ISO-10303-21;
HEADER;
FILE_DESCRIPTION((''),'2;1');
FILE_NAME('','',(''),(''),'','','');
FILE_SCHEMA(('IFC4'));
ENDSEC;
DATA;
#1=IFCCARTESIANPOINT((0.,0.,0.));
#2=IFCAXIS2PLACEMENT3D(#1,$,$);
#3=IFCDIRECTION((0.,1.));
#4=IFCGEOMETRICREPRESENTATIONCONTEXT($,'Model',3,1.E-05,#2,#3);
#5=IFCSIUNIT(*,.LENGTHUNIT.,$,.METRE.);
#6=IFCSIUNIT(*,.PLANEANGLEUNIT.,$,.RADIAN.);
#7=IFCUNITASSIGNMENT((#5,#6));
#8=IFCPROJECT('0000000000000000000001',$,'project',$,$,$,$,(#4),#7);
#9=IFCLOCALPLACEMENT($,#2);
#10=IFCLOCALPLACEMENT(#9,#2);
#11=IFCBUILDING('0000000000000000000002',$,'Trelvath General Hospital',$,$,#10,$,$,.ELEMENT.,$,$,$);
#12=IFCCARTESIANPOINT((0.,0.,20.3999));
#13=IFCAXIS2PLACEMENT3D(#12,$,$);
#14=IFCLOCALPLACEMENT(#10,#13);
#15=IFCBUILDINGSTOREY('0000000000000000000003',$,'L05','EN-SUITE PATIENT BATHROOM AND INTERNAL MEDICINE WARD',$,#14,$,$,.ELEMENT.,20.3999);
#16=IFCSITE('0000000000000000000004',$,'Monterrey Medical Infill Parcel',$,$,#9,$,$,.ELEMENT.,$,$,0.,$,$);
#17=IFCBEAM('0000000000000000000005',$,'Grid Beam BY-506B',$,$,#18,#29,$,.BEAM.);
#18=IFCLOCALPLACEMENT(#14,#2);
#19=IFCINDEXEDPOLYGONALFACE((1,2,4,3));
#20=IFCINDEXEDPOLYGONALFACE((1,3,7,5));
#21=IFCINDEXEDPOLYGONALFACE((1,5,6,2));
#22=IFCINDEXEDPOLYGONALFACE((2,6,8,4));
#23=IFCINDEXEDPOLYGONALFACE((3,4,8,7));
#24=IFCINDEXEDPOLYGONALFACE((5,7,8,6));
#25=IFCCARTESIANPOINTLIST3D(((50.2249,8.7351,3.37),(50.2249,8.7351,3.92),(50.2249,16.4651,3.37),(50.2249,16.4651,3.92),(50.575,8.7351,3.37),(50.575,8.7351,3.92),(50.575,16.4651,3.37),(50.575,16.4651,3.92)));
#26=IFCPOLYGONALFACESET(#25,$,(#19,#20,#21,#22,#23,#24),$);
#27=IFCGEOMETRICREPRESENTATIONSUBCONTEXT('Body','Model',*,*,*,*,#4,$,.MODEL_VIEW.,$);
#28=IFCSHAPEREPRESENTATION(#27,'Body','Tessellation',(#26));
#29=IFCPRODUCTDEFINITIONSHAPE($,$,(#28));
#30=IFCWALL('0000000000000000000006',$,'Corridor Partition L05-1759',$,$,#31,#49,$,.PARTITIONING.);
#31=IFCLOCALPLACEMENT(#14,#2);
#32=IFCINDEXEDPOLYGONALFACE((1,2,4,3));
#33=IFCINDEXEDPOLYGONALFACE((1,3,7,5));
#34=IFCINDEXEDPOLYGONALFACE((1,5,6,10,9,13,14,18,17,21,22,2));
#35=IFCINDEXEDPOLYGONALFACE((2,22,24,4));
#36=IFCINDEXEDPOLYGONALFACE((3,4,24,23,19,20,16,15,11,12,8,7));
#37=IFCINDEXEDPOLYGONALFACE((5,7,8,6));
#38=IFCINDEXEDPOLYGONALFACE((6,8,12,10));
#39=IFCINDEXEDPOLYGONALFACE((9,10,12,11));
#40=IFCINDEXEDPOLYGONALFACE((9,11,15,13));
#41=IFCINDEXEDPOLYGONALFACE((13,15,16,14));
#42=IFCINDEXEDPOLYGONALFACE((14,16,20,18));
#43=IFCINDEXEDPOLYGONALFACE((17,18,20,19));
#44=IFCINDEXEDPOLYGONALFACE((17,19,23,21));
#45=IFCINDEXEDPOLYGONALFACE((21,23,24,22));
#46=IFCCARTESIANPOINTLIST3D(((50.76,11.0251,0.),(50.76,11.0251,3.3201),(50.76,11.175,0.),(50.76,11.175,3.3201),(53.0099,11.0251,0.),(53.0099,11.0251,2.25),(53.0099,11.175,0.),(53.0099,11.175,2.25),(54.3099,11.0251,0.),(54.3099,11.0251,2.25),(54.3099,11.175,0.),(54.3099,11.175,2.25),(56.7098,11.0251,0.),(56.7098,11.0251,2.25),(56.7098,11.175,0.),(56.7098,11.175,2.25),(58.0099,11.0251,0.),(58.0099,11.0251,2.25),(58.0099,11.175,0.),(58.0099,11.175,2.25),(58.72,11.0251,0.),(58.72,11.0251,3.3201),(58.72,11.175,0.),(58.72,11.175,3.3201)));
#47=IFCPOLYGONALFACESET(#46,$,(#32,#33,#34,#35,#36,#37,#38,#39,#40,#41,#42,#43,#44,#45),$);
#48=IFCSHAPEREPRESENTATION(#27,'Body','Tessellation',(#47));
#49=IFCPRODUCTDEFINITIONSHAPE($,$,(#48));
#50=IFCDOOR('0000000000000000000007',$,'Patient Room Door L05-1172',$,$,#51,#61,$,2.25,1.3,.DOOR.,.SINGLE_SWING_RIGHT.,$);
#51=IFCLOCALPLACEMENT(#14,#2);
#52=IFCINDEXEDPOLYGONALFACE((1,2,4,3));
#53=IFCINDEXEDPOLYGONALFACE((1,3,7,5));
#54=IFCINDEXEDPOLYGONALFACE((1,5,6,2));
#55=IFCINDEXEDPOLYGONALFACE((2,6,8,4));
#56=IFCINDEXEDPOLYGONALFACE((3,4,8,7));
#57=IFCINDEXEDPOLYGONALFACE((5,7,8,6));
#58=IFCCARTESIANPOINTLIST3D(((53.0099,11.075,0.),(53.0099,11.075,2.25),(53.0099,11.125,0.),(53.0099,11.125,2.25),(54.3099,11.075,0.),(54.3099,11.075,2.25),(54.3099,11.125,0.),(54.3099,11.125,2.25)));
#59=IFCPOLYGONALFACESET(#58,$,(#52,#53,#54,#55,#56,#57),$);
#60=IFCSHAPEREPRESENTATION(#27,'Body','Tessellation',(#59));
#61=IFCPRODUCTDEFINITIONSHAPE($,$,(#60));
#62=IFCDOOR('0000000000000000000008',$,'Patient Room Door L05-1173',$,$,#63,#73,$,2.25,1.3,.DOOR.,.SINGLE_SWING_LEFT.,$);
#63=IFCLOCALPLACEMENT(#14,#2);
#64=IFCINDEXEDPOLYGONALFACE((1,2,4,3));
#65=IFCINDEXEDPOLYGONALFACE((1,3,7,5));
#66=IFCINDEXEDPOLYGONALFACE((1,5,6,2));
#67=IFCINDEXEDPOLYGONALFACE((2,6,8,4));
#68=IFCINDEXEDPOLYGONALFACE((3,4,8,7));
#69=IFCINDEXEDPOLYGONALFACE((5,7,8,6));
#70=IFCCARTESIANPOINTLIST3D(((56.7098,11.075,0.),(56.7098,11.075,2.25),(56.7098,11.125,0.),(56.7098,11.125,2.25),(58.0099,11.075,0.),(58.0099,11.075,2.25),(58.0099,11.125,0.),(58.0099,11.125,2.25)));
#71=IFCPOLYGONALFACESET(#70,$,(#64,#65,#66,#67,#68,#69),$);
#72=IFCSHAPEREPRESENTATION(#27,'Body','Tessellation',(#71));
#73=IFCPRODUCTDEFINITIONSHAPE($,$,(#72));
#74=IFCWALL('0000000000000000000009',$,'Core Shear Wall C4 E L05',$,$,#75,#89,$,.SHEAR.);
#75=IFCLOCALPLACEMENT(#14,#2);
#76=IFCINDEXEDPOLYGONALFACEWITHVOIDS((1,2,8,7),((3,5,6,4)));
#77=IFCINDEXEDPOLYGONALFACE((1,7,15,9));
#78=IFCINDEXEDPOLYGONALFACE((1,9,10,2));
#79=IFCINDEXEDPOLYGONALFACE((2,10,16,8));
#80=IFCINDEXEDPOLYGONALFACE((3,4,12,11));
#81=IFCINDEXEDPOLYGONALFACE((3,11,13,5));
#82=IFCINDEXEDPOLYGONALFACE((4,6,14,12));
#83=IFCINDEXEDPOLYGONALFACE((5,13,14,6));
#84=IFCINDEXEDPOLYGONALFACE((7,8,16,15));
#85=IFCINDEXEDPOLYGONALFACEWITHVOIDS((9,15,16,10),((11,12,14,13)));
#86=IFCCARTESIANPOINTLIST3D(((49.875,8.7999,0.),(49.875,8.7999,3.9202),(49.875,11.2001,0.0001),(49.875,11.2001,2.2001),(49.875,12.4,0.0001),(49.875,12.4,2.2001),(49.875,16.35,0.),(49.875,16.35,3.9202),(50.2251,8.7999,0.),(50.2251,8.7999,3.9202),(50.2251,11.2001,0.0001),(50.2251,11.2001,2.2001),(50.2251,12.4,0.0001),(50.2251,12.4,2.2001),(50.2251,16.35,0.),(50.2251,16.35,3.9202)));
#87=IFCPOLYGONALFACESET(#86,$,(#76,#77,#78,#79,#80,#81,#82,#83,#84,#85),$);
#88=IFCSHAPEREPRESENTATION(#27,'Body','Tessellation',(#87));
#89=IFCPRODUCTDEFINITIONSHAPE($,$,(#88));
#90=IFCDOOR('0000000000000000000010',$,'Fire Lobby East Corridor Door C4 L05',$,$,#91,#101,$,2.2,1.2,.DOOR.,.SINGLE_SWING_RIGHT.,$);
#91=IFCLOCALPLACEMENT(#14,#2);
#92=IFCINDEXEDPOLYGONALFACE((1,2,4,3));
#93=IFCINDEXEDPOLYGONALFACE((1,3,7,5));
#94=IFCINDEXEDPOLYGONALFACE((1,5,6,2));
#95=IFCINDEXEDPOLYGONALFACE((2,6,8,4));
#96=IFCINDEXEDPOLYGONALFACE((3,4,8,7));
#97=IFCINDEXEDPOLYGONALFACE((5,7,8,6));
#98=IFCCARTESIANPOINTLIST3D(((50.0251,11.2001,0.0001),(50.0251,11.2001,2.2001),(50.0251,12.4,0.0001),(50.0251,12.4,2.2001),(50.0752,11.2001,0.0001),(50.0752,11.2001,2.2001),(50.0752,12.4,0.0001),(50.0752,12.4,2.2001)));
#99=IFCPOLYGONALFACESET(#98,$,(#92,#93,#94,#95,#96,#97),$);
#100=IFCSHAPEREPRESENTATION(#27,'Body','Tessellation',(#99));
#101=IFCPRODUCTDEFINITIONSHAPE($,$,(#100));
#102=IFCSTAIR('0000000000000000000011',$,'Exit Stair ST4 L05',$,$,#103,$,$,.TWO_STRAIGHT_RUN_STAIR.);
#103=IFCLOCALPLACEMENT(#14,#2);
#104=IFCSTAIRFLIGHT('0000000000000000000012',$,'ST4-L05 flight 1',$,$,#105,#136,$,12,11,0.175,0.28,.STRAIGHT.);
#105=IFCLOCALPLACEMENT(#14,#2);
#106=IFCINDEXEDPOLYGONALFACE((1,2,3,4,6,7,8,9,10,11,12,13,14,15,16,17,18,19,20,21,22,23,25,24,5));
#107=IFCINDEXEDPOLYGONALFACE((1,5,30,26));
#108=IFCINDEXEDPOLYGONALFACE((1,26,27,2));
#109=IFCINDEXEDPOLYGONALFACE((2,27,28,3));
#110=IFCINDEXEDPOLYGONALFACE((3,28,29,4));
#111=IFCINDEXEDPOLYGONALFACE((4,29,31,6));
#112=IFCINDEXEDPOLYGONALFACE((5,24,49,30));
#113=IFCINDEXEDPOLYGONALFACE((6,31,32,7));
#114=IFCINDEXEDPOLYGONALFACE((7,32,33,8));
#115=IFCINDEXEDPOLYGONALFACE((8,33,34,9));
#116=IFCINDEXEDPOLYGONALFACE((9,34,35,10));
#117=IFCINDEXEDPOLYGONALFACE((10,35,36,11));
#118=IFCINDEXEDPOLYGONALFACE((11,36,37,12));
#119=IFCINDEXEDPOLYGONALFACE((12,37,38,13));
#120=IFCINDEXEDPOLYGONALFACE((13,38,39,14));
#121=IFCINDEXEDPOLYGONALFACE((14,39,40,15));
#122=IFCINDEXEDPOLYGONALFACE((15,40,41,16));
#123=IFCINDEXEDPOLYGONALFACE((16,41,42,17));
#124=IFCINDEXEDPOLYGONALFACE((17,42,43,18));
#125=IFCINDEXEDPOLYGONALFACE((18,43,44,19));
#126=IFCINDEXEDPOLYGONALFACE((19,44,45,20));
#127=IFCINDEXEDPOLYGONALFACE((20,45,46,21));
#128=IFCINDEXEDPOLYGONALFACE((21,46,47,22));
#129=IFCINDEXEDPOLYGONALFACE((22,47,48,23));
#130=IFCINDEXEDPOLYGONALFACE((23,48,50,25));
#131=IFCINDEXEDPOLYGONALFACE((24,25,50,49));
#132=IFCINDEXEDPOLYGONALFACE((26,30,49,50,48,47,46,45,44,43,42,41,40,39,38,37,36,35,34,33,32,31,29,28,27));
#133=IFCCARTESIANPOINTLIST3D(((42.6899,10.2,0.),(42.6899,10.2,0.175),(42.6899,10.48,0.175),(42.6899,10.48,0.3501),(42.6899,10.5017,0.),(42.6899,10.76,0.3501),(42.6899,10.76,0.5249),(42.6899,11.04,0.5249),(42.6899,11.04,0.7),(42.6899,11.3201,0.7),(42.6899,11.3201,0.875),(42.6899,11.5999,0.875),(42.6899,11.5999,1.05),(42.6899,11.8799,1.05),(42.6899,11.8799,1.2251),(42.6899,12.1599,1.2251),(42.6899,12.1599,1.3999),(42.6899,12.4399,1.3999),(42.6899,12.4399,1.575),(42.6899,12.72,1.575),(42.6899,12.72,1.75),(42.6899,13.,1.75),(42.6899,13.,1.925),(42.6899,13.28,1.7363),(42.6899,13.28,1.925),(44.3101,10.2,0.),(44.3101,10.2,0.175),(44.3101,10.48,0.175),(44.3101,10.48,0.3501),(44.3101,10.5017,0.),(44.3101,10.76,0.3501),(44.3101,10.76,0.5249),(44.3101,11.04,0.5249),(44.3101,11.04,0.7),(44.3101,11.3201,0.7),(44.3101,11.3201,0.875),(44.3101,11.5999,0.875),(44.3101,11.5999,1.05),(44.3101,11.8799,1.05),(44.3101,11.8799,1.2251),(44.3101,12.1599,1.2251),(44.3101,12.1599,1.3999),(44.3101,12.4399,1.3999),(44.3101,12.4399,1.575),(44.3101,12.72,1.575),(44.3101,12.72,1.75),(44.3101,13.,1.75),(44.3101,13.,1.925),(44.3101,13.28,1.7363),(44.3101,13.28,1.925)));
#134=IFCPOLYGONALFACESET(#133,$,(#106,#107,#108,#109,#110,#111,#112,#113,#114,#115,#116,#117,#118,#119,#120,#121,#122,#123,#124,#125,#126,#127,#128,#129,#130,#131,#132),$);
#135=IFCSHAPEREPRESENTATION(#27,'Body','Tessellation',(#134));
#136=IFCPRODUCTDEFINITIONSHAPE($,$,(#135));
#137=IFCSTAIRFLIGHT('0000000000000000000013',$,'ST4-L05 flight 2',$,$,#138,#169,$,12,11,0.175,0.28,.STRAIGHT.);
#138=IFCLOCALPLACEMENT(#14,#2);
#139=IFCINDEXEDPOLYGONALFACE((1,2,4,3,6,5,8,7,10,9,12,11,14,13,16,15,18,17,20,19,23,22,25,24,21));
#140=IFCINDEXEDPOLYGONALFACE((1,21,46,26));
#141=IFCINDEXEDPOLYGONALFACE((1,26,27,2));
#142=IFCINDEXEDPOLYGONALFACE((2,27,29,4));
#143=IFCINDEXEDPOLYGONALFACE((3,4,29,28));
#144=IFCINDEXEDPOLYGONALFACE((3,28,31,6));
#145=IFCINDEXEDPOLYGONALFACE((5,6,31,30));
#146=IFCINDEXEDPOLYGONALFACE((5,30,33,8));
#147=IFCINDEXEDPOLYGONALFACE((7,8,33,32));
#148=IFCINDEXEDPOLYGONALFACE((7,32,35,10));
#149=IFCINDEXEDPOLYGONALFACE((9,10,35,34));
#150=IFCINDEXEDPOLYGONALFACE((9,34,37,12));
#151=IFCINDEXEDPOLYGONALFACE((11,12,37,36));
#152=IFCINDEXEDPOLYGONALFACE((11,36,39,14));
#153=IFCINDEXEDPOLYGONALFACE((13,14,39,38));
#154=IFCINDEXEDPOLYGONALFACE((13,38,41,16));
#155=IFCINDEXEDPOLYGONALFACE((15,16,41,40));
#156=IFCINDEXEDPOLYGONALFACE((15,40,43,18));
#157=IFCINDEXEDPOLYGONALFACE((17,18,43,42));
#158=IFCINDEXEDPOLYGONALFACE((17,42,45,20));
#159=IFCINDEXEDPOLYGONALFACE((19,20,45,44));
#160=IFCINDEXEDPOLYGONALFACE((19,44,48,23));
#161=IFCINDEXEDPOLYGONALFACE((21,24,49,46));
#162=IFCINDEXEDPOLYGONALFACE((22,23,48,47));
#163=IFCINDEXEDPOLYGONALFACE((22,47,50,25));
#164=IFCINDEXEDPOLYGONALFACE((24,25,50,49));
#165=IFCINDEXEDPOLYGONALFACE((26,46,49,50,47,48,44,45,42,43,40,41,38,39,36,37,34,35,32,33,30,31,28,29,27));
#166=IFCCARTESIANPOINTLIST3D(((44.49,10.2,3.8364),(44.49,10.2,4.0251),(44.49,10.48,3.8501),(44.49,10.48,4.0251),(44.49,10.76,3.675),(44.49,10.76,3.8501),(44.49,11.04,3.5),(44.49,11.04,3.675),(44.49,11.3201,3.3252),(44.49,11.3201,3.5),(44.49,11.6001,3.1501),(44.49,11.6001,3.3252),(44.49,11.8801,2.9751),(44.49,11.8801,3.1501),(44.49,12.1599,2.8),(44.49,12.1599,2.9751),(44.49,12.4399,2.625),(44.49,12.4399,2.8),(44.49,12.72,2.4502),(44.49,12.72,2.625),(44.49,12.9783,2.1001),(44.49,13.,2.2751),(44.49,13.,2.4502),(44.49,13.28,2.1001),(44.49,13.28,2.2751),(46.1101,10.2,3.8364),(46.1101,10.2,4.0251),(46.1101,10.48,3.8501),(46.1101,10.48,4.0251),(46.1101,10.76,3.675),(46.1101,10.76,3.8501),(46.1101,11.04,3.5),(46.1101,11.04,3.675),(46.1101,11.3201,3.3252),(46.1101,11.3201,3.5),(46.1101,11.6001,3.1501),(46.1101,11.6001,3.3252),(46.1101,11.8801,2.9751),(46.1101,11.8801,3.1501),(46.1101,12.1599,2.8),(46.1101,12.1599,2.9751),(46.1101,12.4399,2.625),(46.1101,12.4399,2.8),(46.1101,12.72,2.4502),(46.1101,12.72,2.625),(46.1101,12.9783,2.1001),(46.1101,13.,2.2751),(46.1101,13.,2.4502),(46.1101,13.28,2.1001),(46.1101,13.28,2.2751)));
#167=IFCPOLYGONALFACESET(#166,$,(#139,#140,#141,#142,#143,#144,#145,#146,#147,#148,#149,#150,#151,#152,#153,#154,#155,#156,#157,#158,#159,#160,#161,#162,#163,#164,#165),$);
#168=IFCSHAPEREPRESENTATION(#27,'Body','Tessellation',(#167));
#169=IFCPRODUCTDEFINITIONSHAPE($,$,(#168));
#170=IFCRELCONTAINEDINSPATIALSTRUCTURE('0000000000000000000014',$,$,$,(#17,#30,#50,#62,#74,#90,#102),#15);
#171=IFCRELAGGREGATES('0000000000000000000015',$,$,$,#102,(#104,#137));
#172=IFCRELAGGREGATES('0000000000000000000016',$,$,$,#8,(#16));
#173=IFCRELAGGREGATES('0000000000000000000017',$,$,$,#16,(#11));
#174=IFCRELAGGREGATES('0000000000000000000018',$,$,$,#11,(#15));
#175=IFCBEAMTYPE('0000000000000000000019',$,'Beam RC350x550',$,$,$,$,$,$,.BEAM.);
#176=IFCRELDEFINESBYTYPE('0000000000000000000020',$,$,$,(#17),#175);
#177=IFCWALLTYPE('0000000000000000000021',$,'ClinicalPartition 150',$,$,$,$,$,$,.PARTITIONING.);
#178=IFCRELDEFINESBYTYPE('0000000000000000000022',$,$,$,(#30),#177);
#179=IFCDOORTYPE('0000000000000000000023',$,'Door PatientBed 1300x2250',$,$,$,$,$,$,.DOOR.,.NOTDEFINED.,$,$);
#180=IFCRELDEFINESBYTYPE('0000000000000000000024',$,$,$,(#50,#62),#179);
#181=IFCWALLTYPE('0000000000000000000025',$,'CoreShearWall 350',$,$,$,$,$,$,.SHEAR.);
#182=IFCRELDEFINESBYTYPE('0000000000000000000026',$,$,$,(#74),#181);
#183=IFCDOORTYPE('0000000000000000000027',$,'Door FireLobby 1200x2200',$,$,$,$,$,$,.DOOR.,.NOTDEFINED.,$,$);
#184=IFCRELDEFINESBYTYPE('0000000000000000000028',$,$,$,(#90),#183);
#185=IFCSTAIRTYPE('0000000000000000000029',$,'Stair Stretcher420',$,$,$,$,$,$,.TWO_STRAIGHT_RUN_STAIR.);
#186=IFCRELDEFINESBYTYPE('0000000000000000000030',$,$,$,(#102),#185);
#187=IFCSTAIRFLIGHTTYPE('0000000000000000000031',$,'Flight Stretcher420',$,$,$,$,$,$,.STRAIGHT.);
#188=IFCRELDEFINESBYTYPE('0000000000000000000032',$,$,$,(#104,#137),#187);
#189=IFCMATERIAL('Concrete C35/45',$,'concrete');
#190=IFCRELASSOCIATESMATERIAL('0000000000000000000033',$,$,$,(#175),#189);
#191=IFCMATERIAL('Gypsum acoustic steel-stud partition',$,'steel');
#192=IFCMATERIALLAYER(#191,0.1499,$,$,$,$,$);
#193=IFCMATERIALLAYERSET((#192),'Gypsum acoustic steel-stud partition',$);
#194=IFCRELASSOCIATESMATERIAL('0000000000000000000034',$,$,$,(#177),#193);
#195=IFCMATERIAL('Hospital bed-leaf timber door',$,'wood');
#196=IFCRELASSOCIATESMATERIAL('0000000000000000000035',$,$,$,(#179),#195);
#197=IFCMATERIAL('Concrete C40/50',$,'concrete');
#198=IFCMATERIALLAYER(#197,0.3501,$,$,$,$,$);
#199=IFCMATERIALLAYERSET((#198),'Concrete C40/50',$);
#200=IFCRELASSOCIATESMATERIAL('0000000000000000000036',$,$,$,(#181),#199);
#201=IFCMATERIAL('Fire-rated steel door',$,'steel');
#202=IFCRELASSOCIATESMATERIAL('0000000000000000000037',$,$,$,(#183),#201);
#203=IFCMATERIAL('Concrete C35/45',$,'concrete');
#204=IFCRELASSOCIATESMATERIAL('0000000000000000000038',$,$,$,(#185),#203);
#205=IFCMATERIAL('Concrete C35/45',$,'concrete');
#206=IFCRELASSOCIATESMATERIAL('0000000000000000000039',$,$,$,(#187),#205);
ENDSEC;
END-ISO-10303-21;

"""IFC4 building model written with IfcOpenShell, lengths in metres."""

from ifc_helpers import new_model, si_unit, direction, frame, frame_2d, origin, origin_2d, place, context, subcontext, project, spatial, polyline, rectangle, outline, extrude, material, layer, layer_set, material_profile, profile_set, type_object, element, fill, aggregate, save


model = new_model("IFC4")

# Units and contexts
model_context = context("Model", 3, precision=1e-05, world=origin(), true_north=direction((0.0, 1.0)))
body_context = subcontext(model_context, "Body", "Model", "MODEL_VIEW")
ifc_project = project(units=[si_unit("LENGTHUNIT", "METRE"), si_unit("PLANEANGLEUNIT", "RADIAN")], contexts=[model_context])

# Site, building, storey
site_placement = place(None, origin())
site = spatial("IfcSite", under=ifc_project, at=site_placement, Name="Monterrey Medical Infill Parcel", CompositionType="ELEMENT", RefElevation=0.0)
building_placement = place(site_placement, origin())
building = spatial("IfcBuilding", under=site, at=building_placement, Name="Trelvath General Hospital", CompositionType="ELEMENT")
storey_placement = place(building_placement, frame((0.0, 0.0, 20.3999)))
storey = spatial("IfcBuildingStorey", under=building, at=storey_placement, Name="L05", Description="EN-SUITE PATIENT BATHROOM AND INTERNAL MEDICINE WARD", CompositionType="ELEMENT", Elevation=20.3999)

# Beam
ifc_material_1 = material(Name="Concrete C35/45", Category="concrete")
ifc_material_profile = material_profile(ifc_material_1, rectangle(XDim=0.3501, YDim=0.55, at=origin_2d()), Name="RCB350x550")
ifc_profile_set = profile_set([ifc_material_profile], Name="Concrete C35/45")
beam_type = type_object("IfcBeamType", Name="Beam RC350x550", PredefinedType="BEAM", material=ifc_profile_set)
beam_placement = place(storey_placement, frame((50.3999, 8.7351, 3.645), z_axis=(0.0, 1.0, 0.0), x_axis=(-1.0, 0.0, 0.0)))
element("IfcBeam", 1, at=beam_placement, inside=storey, type_object=beam_type, Name="Grid Beam BY-506B", PredefinedType="BEAM", context=body_context, shape_type="SweptSolid", body=[
    extrude(rectangle(XDim=0.3501, YDim=0.55, at=origin_2d()), origin(), (0.0, 0.0, 1.0), 7.73),
])

# Wall, openings, doors
ifc_material_2 = material(Name="Gypsum acoustic steel-stud partition", Category="steel")
ifc_layer_1 = layer(ifc_material_2, 0.1499)
ifc_layer_set_1 = layer_set([ifc_layer_1], Name="Gypsum acoustic steel-stud partition")
wall_type_1 = type_object("IfcWallType", Name="ClinicalPartition 150", PredefinedType="PARTITIONING", material=ifc_layer_set_1)
wall_1_placement = place(storey_placement, frame((50.76, 11.1001, 0.0), z_axis=(0.0, 0.0, 1.0), x_axis=(1.0, 0.0, 0.0)))
wall_1 = element("IfcWall", 2, at=wall_1_placement, inside=storey, type_object=wall_type_1, Name="Corridor Partition L05-1759", PredefinedType="PARTITIONING", context=body_context, shape_type="SweptSolid", body=[
    extrude(rectangle(XDim=7.96, YDim=0.1499, at=frame_2d((3.98, 0.0))), origin(), (0.0, 0.0, 1.0), 3.3201),
])
opening_1_placement = place(wall_1_placement, frame((2.25, 0.0, 0.0)))
opening_1 = element("IfcOpeningElement", 3, at=opening_1_placement, cuts=wall_1, PredefinedType="OPENING", context=body_context, shape_type="SweptSolid", body=[
    extrude(rectangle(XDim=1.3, YDim=2.25, at=frame_2d((0.6499, 1.125))), frame((0.0, 0.085, 0.0), z_axis=(0.0, -1.0, 0.0), x_axis=(1.0, 0.0, 0.0)), (0.0, 0.0, 1.0), 0.1699),
])
opening_2_placement = place(wall_1_placement, frame((5.95, 0.0, 0.0)))
opening_2 = element("IfcOpeningElement", 4, at=opening_2_placement, cuts=wall_1, PredefinedType="OPENING", context=body_context, shape_type="SweptSolid", body=[
    extrude(rectangle(XDim=1.3, YDim=2.25, at=frame_2d((0.6499, 1.125))), frame((0.0, 0.085, 0.0), z_axis=(0.0, -1.0, 0.0), x_axis=(1.0, 0.0, 0.0)), (0.0, 0.0, 1.0), 0.1699),
])
ifc_material_3 = material(Name="Hospital bed-leaf timber door", Category="wood")
door_type_1 = type_object("IfcDoorType", Name="Door PatientBed 1300x2250", OperationType="NOTDEFINED", PredefinedType="DOOR", material=ifc_material_3)
door_1_placement = place(opening_1_placement, origin())
door_1 = element("IfcDoor", 5, at=door_1_placement, inside=storey, type_object=door_type_1, Name="Patient Room Door L05-1172", OperationType="SINGLE_SWING_RIGHT", OverallHeight=2.25, OverallWidth=1.3, PredefinedType="DOOR", context=body_context, shape_type="SweptSolid", body=[
    extrude(rectangle(XDim=1.3, YDim=2.25, at=frame_2d((0.6499, 1.125))), frame((0.0, 0.0249, 0.0), z_axis=(0.0, -1.0, 0.0), x_axis=(1.0, 0.0, 0.0)), (0.0, 0.0, 1.0), 0.05),
])
fill(opening_1, door_1)
door_2_placement = place(opening_2_placement, origin())
door_2 = element("IfcDoor", 6, at=door_2_placement, inside=storey, type_object=door_type_1, Name="Patient Room Door L05-1173", OperationType="SINGLE_SWING_LEFT", OverallHeight=2.25, OverallWidth=1.3, PredefinedType="DOOR", context=body_context, shape_type="SweptSolid", body=[
    extrude(rectangle(XDim=1.3, YDim=2.25, at=frame_2d((0.6499, 1.125))), frame((0.0, 0.0249, 0.0), z_axis=(0.0, -1.0, 0.0), x_axis=(1.0, 0.0, 0.0)), (0.0, 0.0, 1.0), 0.05),
])
fill(opening_2, door_2)

# Wall, opening, door
ifc_material_4 = material(Name="Concrete C40/50", Category="concrete")
ifc_layer_2 = layer(ifc_material_4, 0.3501)
ifc_layer_set_2 = layer_set([ifc_layer_2], Name="Concrete C40/50")
wall_type_2 = type_object("IfcWallType", Name="CoreShearWall 350", PredefinedType="SHEAR", material=ifc_layer_set_2)
wall_2_placement = place(storey_placement, frame((50.05, 8.8, 0.0), z_axis=(0.0, 0.0, 1.0), x_axis=(0.0, 1.0, 0.0)))
wall_2 = element("IfcWall", 7, at=wall_2_placement, inside=storey, type_object=wall_type_2, Name="Core Shear Wall C4 E L05", PredefinedType="SHEAR", context=body_context, shape_type="SweptSolid", body=[
    extrude(rectangle(XDim=7.55, YDim=0.3501, at=frame_2d((3.7749, 0.0))), origin(), (0.0, 0.0, 1.0), 3.9202),
])
opening_3_placement = place(wall_2_placement, frame((2.3999, 0.0, 0.0)))
opening_3 = element("IfcOpeningElement", 8, at=opening_3_placement, cuts=wall_2, PredefinedType="OPENING", context=body_context, shape_type="SweptSolid", body=[
    extrude(rectangle(XDim=1.2, YDim=2.2, at=frame_2d((0.6001, 1.1001))), frame((0.0, 0.1851, 0.0), z_axis=(0.0, -1.0, 0.0), x_axis=(1.0, 0.0, 0.0)), (0.0, 0.0, 1.0), 0.3701),
])
ifc_material_5 = material(Name="Fire-rated steel door", Category="steel")
door_type_2 = type_object("IfcDoorType", Name="Door FireLobby 1200x2200", OperationType="NOTDEFINED", PredefinedType="DOOR", material=ifc_material_5)
door_3_placement = place(opening_3_placement, origin())
door_3 = element("IfcDoor", 9, at=door_3_placement, inside=storey, type_object=door_type_2, Name="Fire Lobby East Corridor Door C4 L05", OperationType="SINGLE_SWING_RIGHT", OverallHeight=2.2, OverallWidth=1.2, PredefinedType="DOOR", context=body_context, shape_type="SweptSolid", body=[
    extrude(rectangle(XDim=1.2, YDim=2.2, at=frame_2d((0.6001, 1.1001))), frame((0.0, 0.0249, 0.0), z_axis=(0.0, -1.0, 0.0), x_axis=(1.0, 0.0, 0.0)), (0.0, 0.0, 1.0), 0.05),
])
fill(opening_3, door_3)

# Stair, stair flights
ifc_material_6 = material(Name="Concrete C35/45", Category="concrete")
stair_type = type_object("IfcStairType", Name="Stair Stretcher420", PredefinedType="TWO_STRAIGHT_RUN_STAIR", material=ifc_material_6)
stair_placement = place(storey_placement, origin())
stair = element("IfcStair", 10, at=stair_placement, inside=storey, type_object=stair_type, Name="Exit Stair ST4 L05", PredefinedType="TWO_STRAIGHT_RUN_STAIR")
ifc_material_7 = material(Name="Concrete C35/45", Category="concrete")
stair_flight_type = type_object("IfcStairFlightType", Name="Flight Stretcher420", PredefinedType="STRAIGHT", material=ifc_material_7)
stair_flight_1_placement = place(storey_placement, frame((43.5, 10.2, 0.0), z_axis=(0.0, 0.0, 1.0), x_axis=(0.0, 1.0, 0.0)))
stair_flight_1 = element("IfcStairFlight", 11, at=stair_flight_1_placement, type_object=stair_flight_type, Name="ST4-L05 flight 1", NumberOfRisers=12, NumberOfTreads=11, PredefinedType="STRAIGHT", RiserHeight=0.175, TreadLength=0.28, context=body_context, shape_type="SweptSolid", body=[
    extrude(outline(polyline([(0.0, 0.0), (0.0, 0.175), (0.28, 0.175), (0.28, 0.3501), (0.5601, 0.3501), (0.5601, 0.5249), (0.8401, 0.5249), (0.8401, 0.7), (1.1201, 0.7), (1.1201, 0.875), (1.3999, 0.875), (1.3999, 1.05), (1.6799, 1.05), (1.6799, 1.2251), (1.96, 1.2251), (1.96, 1.3999), (2.24, 1.3999), (2.24, 1.575), (2.52, 1.575), (2.52, 1.75), (2.8, 1.75), (2.8, 1.925), (3.0801, 1.925), (3.0801, 2.1001), (3.0801, 1.7363), (0.3018, 0.0), (0.0, 0.0)])), frame((0.0, 0.8101, 0.0), z_axis=(0.0, -1.0, 0.0), x_axis=(1.0, 0.0, 0.0)), (0.0, 0.0, 1.0), 1.6201),
])
stair_flight_2_placement = place(storey_placement, frame((45.3, 13.28, 2.1001), z_axis=(0.0, 0.0, 1.0), x_axis=(0.0, -1.0, 0.0)))
stair_flight_2 = element("IfcStairFlight", 12, at=stair_flight_2_placement, type_object=stair_flight_type, Name="ST4-L05 flight 2", NumberOfRisers=12, NumberOfTreads=11, PredefinedType="STRAIGHT", RiserHeight=0.175, TreadLength=0.28, context=body_context, shape_type="SweptSolid", body=[
    extrude(outline(polyline([(0.0, 0.0), (0.0, 0.175), (0.28, 0.175), (0.28, 0.3501), (0.5601, 0.3501), (0.5601, 0.5249), (0.8401, 0.5249), (0.8401, 0.7), (1.1201, 0.7), (1.1201, 0.875), (1.3999, 0.875), (1.3999, 1.05), (1.6799, 1.05), (1.6799, 1.2251), (1.96, 1.2251), (1.96, 1.3999), (2.24, 1.3999), (2.24, 1.575), (2.52, 1.575), (2.52, 1.75), (2.8, 1.75), (2.8, 1.925), (3.0801, 1.925), (3.0801, 2.1001), (3.0801, 1.7363), (0.3018, 0.0), (0.0, 0.0)])), frame((0.0, 0.8101, 0.0), z_axis=(0.0, -1.0, 0.0), x_axis=(1.0, 0.0, 0.0)), (0.0, 0.0, 1.0), 1.6201),
])
aggregate(stair, [stair_flight_1, stair_flight_2])

save(model, "model.ifc")
